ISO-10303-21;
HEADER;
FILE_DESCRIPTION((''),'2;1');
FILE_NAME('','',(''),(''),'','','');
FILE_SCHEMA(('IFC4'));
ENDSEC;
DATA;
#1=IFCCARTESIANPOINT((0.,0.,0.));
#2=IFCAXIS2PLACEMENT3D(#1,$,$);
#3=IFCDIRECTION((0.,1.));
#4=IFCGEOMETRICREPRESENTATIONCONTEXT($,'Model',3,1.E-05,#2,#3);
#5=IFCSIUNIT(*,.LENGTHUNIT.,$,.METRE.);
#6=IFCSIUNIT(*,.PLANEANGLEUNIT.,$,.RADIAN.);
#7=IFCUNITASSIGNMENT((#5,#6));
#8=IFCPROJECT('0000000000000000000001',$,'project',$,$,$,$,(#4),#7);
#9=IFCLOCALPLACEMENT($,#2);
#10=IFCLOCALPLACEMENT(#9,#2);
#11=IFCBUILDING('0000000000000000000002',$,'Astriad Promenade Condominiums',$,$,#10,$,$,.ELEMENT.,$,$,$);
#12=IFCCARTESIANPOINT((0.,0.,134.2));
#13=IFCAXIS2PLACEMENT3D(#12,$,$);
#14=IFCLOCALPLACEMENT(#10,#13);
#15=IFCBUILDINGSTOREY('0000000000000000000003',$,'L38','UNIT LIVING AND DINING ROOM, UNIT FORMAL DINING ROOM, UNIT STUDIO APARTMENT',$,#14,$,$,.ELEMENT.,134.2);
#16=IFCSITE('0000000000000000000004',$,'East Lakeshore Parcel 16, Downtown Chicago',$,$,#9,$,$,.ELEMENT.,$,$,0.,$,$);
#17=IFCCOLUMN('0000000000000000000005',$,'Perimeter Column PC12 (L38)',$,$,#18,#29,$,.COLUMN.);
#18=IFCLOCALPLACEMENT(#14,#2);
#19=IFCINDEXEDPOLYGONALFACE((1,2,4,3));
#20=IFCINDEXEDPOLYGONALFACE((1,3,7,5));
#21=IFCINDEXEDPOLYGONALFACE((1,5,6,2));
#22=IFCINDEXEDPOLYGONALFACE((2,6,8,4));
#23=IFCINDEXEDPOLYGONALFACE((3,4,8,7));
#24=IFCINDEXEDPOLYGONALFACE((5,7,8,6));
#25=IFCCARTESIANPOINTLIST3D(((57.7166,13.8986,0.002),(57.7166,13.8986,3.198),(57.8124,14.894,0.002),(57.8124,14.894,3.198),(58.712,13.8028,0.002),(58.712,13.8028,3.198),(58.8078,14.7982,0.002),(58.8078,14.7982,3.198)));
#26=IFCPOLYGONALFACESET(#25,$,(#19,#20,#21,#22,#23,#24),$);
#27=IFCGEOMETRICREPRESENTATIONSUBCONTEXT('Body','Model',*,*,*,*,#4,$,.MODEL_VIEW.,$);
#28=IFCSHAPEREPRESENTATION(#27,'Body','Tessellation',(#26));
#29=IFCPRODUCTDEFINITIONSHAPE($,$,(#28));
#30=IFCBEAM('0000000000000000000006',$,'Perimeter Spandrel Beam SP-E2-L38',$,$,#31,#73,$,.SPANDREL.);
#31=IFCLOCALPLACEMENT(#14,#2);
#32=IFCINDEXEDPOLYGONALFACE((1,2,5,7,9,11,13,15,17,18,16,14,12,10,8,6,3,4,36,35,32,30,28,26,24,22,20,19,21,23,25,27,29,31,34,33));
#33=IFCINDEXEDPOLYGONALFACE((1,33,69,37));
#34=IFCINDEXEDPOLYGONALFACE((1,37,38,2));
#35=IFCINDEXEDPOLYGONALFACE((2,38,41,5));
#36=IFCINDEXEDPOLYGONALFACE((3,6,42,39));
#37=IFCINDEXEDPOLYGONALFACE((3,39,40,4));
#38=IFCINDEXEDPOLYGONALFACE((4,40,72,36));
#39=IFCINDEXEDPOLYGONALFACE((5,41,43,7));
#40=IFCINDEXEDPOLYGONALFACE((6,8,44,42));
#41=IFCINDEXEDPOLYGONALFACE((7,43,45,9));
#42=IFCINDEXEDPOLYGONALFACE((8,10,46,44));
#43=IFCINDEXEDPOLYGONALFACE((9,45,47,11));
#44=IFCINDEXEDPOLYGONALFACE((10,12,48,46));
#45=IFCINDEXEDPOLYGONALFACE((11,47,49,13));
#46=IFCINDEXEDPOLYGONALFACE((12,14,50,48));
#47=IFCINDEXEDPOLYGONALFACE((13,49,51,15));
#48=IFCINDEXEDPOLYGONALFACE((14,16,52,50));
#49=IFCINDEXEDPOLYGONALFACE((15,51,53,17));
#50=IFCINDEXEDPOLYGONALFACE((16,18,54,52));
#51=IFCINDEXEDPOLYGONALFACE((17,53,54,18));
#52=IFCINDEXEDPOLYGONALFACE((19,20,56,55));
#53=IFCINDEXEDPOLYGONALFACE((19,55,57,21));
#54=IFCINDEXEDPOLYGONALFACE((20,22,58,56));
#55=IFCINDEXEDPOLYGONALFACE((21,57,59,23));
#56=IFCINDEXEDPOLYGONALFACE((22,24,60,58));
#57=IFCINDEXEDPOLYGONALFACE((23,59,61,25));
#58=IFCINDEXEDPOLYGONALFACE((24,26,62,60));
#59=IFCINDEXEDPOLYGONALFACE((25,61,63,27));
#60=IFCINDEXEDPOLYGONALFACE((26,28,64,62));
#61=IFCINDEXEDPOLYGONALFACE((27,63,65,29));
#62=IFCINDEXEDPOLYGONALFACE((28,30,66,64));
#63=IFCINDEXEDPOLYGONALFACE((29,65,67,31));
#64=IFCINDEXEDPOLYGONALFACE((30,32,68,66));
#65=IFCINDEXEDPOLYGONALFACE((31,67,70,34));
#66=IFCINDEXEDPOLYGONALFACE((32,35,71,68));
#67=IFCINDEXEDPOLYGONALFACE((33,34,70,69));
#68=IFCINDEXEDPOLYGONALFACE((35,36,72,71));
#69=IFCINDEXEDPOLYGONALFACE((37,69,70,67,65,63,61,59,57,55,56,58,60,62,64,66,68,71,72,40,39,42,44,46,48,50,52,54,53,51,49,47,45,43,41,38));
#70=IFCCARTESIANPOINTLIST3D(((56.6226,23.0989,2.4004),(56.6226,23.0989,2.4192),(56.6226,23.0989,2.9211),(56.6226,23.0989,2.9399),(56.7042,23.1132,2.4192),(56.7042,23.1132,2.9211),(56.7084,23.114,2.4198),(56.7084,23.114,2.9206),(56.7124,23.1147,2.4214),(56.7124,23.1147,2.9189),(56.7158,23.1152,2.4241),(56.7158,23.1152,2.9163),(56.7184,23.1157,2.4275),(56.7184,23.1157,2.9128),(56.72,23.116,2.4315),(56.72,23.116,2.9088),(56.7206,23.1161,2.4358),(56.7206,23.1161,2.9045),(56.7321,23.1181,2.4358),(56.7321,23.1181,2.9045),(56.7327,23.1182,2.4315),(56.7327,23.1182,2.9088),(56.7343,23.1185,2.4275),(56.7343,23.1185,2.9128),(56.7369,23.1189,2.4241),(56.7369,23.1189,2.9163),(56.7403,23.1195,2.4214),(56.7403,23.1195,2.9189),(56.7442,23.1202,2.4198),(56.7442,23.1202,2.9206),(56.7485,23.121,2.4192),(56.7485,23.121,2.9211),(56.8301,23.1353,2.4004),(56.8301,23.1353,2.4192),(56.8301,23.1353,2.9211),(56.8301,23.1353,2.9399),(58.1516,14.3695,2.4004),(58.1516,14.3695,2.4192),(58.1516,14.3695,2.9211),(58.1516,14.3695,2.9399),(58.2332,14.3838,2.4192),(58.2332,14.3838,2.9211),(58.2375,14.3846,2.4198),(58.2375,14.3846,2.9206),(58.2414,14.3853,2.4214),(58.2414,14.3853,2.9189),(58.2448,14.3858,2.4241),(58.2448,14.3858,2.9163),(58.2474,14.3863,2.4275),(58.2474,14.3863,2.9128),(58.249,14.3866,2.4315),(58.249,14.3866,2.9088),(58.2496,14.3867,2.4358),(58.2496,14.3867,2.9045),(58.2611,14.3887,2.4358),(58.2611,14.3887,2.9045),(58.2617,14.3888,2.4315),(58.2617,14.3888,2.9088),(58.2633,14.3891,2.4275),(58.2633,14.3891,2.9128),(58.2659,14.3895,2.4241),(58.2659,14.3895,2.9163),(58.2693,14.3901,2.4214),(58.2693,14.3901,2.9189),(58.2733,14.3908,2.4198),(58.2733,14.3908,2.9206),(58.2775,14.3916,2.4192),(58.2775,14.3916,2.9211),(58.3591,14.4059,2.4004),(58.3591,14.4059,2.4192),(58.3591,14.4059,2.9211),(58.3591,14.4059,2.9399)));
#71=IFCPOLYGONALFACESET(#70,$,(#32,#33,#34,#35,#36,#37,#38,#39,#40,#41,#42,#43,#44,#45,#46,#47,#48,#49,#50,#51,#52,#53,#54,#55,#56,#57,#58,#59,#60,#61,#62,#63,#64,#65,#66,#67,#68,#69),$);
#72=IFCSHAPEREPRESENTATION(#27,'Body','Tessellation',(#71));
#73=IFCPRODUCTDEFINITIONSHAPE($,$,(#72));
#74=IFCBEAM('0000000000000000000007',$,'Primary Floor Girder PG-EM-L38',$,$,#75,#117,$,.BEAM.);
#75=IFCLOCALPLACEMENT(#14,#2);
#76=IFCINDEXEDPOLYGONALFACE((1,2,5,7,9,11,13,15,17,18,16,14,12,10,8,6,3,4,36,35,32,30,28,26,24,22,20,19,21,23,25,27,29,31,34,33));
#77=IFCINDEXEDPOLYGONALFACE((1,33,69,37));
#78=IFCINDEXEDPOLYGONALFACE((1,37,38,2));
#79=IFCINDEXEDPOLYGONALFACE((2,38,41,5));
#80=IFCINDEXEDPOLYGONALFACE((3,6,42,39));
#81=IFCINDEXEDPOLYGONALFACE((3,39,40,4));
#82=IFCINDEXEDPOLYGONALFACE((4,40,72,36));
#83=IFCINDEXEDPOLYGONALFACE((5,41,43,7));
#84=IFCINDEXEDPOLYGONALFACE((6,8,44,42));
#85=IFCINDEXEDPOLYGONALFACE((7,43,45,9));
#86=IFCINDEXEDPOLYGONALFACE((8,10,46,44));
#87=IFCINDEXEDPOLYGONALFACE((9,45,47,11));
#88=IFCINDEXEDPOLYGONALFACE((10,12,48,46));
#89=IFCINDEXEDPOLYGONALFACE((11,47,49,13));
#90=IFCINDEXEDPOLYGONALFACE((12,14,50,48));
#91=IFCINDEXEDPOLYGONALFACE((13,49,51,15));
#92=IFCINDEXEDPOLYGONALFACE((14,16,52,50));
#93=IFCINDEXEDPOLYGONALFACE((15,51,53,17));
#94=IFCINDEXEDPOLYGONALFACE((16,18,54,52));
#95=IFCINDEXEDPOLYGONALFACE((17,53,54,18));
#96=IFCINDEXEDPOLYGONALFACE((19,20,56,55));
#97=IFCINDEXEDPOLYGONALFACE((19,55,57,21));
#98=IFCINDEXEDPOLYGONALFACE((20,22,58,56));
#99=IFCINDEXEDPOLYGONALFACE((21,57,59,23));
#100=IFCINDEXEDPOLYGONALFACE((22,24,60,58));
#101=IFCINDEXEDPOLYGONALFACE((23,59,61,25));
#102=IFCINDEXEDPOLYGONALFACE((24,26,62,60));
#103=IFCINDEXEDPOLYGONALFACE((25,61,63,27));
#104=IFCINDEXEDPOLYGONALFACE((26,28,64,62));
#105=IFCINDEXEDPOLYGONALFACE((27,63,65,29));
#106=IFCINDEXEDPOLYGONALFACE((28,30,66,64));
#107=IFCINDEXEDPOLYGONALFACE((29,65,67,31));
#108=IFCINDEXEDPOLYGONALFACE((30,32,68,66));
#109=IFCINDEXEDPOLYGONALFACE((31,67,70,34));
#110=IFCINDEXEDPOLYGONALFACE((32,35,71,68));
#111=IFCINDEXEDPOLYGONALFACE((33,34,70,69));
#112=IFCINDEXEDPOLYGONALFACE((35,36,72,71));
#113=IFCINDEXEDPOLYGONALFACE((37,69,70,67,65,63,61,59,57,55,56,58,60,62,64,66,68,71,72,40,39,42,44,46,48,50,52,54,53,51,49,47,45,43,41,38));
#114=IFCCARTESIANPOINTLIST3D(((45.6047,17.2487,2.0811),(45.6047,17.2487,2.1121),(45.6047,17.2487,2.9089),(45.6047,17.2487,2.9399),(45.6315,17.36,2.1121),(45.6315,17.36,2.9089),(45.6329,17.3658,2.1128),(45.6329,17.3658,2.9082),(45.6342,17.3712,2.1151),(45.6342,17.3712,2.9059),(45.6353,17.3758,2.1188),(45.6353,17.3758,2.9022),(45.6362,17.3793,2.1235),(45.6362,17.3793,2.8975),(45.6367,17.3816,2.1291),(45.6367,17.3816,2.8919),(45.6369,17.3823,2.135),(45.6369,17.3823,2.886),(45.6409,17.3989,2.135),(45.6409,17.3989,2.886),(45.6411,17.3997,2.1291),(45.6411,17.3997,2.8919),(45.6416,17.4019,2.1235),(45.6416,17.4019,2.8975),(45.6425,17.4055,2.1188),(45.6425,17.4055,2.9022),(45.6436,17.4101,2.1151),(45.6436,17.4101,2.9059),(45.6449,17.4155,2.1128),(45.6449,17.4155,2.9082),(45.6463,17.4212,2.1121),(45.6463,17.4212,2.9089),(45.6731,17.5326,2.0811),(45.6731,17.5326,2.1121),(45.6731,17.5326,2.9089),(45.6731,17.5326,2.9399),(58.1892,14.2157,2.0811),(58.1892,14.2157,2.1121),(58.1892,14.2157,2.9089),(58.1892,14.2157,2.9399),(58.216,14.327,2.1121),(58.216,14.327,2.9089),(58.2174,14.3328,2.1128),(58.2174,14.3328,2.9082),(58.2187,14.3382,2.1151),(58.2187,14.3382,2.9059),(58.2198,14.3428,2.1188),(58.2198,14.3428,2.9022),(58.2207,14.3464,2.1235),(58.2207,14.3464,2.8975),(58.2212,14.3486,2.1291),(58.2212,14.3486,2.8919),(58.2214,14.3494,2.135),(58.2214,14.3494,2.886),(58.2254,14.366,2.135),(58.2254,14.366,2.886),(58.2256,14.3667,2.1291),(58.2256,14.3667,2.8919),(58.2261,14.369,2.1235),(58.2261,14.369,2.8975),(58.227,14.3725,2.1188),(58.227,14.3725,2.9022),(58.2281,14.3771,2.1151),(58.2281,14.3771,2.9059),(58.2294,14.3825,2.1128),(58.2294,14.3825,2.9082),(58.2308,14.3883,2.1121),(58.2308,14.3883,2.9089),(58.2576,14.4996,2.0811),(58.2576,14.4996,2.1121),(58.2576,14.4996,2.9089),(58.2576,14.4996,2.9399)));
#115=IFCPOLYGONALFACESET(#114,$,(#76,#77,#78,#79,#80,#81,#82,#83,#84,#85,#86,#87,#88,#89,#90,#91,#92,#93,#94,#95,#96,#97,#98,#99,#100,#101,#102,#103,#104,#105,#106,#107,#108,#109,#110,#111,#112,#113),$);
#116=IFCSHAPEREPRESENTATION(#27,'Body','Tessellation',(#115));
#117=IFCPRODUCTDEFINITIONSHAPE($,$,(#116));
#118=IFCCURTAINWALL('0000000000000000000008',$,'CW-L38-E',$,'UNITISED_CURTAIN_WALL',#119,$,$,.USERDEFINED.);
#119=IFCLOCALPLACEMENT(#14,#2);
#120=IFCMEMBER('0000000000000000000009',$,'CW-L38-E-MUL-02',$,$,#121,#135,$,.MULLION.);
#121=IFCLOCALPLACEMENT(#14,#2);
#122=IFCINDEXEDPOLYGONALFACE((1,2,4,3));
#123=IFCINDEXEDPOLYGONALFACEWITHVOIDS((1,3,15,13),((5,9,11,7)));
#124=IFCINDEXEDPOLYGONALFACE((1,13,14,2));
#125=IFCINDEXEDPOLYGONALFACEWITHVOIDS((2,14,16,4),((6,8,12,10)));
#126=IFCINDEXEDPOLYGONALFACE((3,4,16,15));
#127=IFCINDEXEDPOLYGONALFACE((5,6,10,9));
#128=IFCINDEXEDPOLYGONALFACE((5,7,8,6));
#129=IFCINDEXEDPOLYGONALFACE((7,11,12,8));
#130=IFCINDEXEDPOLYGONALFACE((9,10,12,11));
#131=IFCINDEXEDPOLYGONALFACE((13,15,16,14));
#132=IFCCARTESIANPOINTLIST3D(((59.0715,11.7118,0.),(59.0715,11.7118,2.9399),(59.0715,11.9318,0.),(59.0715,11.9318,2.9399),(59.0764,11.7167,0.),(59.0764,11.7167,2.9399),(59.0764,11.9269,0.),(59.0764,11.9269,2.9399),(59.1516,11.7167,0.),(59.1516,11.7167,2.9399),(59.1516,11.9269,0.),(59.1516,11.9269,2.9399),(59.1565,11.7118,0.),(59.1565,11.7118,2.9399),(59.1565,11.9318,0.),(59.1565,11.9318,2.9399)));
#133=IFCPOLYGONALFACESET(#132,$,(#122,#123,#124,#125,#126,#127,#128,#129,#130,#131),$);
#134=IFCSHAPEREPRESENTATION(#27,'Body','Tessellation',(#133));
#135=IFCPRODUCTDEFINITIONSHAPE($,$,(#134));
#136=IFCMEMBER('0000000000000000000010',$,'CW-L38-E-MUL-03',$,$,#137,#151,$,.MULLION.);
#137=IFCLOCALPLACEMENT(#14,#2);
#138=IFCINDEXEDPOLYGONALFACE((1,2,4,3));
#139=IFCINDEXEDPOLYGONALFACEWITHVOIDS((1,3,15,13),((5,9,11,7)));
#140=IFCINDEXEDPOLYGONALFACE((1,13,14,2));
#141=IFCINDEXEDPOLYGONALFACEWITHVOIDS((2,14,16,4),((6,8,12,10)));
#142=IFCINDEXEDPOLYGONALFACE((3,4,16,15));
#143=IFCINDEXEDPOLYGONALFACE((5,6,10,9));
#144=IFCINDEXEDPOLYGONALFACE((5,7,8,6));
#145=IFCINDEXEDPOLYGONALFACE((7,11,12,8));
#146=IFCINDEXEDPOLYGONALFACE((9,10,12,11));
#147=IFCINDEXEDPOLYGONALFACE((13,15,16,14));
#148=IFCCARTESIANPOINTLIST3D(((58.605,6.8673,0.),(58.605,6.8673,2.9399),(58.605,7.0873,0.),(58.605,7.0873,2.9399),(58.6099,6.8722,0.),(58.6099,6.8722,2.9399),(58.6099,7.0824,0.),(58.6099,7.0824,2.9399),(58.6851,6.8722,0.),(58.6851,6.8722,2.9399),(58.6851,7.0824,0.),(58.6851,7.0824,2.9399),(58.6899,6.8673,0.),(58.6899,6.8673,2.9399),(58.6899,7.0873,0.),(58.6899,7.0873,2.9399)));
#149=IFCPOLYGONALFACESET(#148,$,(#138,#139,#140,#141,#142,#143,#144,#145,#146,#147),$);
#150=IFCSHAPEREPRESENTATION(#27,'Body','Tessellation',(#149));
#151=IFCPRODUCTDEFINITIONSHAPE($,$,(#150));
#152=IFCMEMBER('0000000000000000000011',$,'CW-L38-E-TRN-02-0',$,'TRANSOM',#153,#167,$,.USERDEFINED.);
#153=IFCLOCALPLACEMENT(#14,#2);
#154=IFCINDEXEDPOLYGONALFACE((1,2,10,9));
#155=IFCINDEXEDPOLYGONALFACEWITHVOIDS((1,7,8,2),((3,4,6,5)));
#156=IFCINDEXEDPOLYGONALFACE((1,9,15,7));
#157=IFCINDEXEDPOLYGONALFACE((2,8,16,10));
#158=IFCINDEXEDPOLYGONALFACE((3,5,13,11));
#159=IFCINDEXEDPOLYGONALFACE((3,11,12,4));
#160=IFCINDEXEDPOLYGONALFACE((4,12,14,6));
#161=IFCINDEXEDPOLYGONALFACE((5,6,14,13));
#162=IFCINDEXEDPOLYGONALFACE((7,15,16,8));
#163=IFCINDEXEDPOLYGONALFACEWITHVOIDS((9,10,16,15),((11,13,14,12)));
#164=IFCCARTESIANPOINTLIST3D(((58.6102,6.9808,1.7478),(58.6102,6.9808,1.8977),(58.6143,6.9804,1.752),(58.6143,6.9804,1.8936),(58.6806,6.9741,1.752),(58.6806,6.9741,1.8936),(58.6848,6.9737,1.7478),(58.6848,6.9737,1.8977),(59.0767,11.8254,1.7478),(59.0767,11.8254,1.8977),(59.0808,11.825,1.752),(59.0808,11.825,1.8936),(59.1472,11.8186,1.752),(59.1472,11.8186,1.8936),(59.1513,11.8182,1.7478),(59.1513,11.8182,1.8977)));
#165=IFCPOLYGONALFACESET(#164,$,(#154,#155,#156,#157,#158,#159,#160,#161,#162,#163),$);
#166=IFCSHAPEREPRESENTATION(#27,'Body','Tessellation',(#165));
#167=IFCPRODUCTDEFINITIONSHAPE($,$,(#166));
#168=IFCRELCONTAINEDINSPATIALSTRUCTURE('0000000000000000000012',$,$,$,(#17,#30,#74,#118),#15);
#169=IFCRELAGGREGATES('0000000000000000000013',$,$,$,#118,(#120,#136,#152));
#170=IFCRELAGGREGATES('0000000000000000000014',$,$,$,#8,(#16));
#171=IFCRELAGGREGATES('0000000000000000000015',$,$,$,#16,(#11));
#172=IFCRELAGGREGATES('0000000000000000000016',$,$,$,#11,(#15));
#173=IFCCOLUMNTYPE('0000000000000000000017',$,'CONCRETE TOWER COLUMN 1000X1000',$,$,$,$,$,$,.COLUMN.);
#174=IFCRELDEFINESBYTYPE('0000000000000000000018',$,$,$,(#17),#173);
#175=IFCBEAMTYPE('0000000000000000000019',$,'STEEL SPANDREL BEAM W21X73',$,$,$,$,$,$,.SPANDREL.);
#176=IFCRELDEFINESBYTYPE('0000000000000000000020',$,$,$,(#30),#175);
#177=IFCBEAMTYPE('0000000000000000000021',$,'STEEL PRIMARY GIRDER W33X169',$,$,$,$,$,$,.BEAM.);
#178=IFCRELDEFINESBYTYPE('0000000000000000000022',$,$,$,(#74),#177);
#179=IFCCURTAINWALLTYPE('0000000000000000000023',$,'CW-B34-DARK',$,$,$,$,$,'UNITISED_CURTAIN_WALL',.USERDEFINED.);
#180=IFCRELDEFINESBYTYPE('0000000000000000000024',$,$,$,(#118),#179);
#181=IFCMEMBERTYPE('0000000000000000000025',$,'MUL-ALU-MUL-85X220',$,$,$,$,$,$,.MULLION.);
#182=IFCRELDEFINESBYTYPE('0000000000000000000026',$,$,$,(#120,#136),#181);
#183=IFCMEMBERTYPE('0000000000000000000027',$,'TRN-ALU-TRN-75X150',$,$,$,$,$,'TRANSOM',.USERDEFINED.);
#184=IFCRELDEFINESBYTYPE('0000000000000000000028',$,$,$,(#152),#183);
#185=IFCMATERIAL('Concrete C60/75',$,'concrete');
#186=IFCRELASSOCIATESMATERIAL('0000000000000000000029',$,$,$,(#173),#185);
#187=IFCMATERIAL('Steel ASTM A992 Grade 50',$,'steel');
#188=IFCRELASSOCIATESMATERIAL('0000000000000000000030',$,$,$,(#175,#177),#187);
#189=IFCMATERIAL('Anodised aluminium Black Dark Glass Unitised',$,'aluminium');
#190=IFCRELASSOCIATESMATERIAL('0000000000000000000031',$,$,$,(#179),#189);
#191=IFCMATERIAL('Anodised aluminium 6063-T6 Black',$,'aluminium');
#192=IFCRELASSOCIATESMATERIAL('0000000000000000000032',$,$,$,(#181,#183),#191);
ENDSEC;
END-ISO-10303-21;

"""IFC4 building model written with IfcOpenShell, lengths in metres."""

from ifc_helpers import new_model, si_unit, direction, frame, origin, origin_2d, place, context, subcontext, project, spatial, rectangle, hollow_rectangle, i_section, extrude, source, transform, mapped, material, material_profile, profile_set, type_object, type_shapes, element, aggregate, save


model = new_model("IFC4")

# Units and contexts
model_context = context("Model", 3, precision=1e-05, world=origin(), true_north=direction((0.0, 1.0)))
body_context = subcontext(model_context, "Body", "Model", "MODEL_VIEW")
ifc_project = project(units=[si_unit("LENGTHUNIT", "METRE"), si_unit("PLANEANGLEUNIT", "RADIAN")], contexts=[model_context])

# Site, building, storey
site_placement = place(None, origin())
site = spatial("IfcSite", under=ifc_project, at=site_placement, Name="East Lakeshore Parcel 16, Downtown Chicago", CompositionType="ELEMENT", RefElevation=0.0)
building_placement = place(site_placement, origin())
building = spatial("IfcBuilding", under=site, at=building_placement, Name="Astriad Promenade Condominiums", CompositionType="ELEMENT")
storey_placement = place(building_placement, frame((0.0, 0.0, 134.2)))
storey = spatial("IfcBuildingStorey", under=building, at=storey_placement, Name="L38", Description="UNIT LIVING AND DINING ROOM, UNIT FORMAL DINING ROOM, UNIT STUDIO APARTMENT", CompositionType="ELEMENT", Elevation=134.2)

# Column
ifc_material_1 = material(Name="Concrete C60/75", Category="concrete")
ifc_material_profile_1 = material_profile(ifc_material_1, rectangle(XDim=1.0, YDim=1.0, at=origin_2d()), Name="RC-COL-1000X1000")
ifc_profile_set_1 = profile_set([ifc_material_profile_1], Name="Concrete C60/75")
column_type = type_object("IfcColumnType", Name="CONCRETE TOWER COLUMN 1000X1000", PredefinedType="COLUMN", material=ifc_profile_set_1)
shared_shape_1 = source(origin(), body_context, "Body", "SweptSolid", [
    extrude(rectangle(XDim=1.0, YDim=1.0, at=origin_2d()), origin(), (0.0, 0.0, 1.0), 3.196),
])
type_shapes(column_type, [shared_shape_1])
column_placement = place(storey_placement, frame((58.2622, 14.3484, 0.002), z_axis=(0.0, 0.0, 1.0), x_axis=(0.995396, -0.095846, 0.0)))
element("IfcColumn", 1, at=column_placement, inside=storey, type_object=column_type, Name="Perimeter Column PC12 (L38)", PredefinedType="COLUMN", context=body_context, shape_type="MappedRepresentation", body=[
    mapped(shared_shape_1, transform((0.0, 0.0, 0.0), scale=1.0)),
])

# Beams
ifc_material_2 = material(Name="Steel ASTM A992 Grade 50", Category="steel")
ifc_material_profile_2 = material_profile(ifc_material_2, i_section(OverallWidth=0.2107, OverallDepth=0.5396, WebThickness=0.0117, FlangeThickness=0.0188, FilletRadius=0.0166, at=origin_2d()), Name="W21X73")
ifc_profile_set_2 = profile_set([ifc_material_profile_2], Name="Steel ASTM A992 Grade 50")
beam_type_1 = type_object("IfcBeamType", Name="STEEL SPANDREL BEAM W21X73", PredefinedType="SPANDREL", material=ifc_profile_set_2)
shared_shape_2 = source(origin(), body_context, "Body", "SweptSolid", [
    extrude(i_section(OverallWidth=0.2107, OverallDepth=0.5396, WebThickness=0.0117, FlangeThickness=0.0188, FilletRadius=0.0166, at=origin_2d()), origin(), (0.0, 0.0, 1.0), 8.8623),
])
type_shapes(beam_type_1, [shared_shape_2])
beam_1_placement = place(storey_placement, frame((58.2554, 14.3877, 2.6702), z_axis=(-0.172533, 0.985004, 0.0), x_axis=(-0.985004, -0.172533, 0.0)))
element("IfcBeam", 2, at=beam_1_placement, inside=storey, type_object=beam_type_1, Name="Perimeter Spandrel Beam SP-E2-L38", PredefinedType="SPANDREL", context=body_context, shape_type="MappedRepresentation", body=[
    mapped(shared_shape_2, transform((0.0, 0.0, 0.0), scale=1.0)),
])
ifc_material_profile_3 = material_profile(ifc_material_2, i_section(OverallWidth=0.292, OverallDepth=0.8589, WebThickness=0.0171, FlangeThickness=0.031, FilletRadius=0.0229, at=origin_2d()), Name="W33X169")
ifc_profile_set_3 = profile_set([ifc_material_profile_3], Name="Steel ASTM A992 Grade 50")
beam_type_2 = type_object("IfcBeamType", Name="STEEL PRIMARY GIRDER W33X169", PredefinedType="BEAM", material=ifc_profile_set_3)
shared_shape_3 = source(origin(), body_context, "Body", "SweptSolid", [
    extrude(i_section(OverallWidth=0.292, OverallDepth=0.8589, WebThickness=0.0171, FlangeThickness=0.031, FilletRadius=0.0229, at=origin_2d()), origin(), (0.0, 0.0, 1.0), 12.9448),
])
type_shapes(beam_type_2, [shared_shape_3])
beam_2_placement = place(storey_placement, frame((58.2234, 14.3577, 2.5105), z_axis=(-0.972164, 0.234299, 0.0), x_axis=(-0.234299, -0.972164, 0.0)))
element("IfcBeam", 3, at=beam_2_placement, inside=storey, type_object=beam_type_2, Name="Primary Floor Girder PG-EM-L38", PredefinedType="BEAM", context=body_context, shape_type="MappedRepresentation", body=[
    mapped(shared_shape_3, transform((0.0, 0.0, 0.0), scale=1.0)),
])

# Curtain wall, members
ifc_material_3 = material(Name="Anodised aluminium Black Dark Glass Unitised", Category="aluminium")
curtain_wall_type = type_object("IfcCurtainWallType", Name="CW-B34-DARK", ElementType="UNITISED_CURTAIN_WALL", PredefinedType="USERDEFINED", material=ifc_material_3)
curtain_wall_placement = place(storey_placement, origin())
curtain_wall = element("IfcCurtainWall", 4, at=curtain_wall_placement, inside=storey, type_object=curtain_wall_type, Name="CW-L38-E", ObjectType="UNITISED_CURTAIN_WALL", PredefinedType="USERDEFINED")
ifc_material_4 = material(Name="Anodised aluminium 6063-T6 Black", Category="aluminium")
ifc_material_profile_4 = material_profile(ifc_material_4, hollow_rectangle(XDim=0.085, YDim=0.22, WallThickness=0.0049, at=origin_2d()), Name="ALU-MUL-85X220")
ifc_profile_set_4 = profile_set([ifc_material_profile_4], Name="Anodised aluminium 6063-T6 Black")
member_type_1 = type_object("IfcMemberType", Name="MUL-ALU-MUL-85X220", PredefinedType="MULLION", material=ifc_profile_set_4)
shared_shape_4 = source(origin(), body_context, "Body", "SweptSolid", [
    extrude(hollow_rectangle(XDim=0.085, YDim=0.22, WallThickness=0.0049, at=origin_2d()), origin(), (0.0, 0.0, 1.0), 2.9399),
])
type_shapes(member_type_1, [shared_shape_4])
member_1_placement = place(storey_placement, frame((59.114, 11.8218, 0.0), z_axis=(0.0, 0.0, 1.0), x_axis=(1.0, 0.0, 0.0)))
member_1 = element("IfcMember", 5, at=member_1_placement, type_object=member_type_1, Name="CW-L38-E-MUL-02", PredefinedType="MULLION", context=body_context, shape_type="MappedRepresentation", body=[
    mapped(shared_shape_4, transform((0.0, 0.0, 0.0), scale=1.0)),
])
member_2_placement = place(storey_placement, frame((58.6475, 6.9773, 0.0), z_axis=(0.0, 0.0, 1.0), x_axis=(1.0, 0.0, 0.0)))
member_2 = element("IfcMember", 6, at=member_2_placement, type_object=member_type_1, Name="CW-L38-E-MUL-03", PredefinedType="MULLION", context=body_context, shape_type="MappedRepresentation", body=[
    mapped(shared_shape_4, transform((0.0, 0.0, 0.0), scale=1.0)),
])
ifc_material_profile_5 = material_profile(ifc_material_4, hollow_rectangle(XDim=0.075, YDim=0.1499, WallThickness=0.0042, at=origin_2d()), Name="ALU-TRN-75X150")
ifc_profile_set_5 = profile_set([ifc_material_profile_5], Name="Anodised aluminium 6063-T6 Black")
member_type_2 = type_object("IfcMemberType", Name="TRN-ALU-TRN-75X150", ElementType="TRANSOM", PredefinedType="USERDEFINED", material=ifc_profile_set_5)
shared_shape_5 = source(origin(), body_context, "Body", "SweptSolid", [
    extrude(hollow_rectangle(XDim=0.075, YDim=0.1499, WallThickness=0.0042, at=origin_2d()), origin(), (0.0, 0.0, 1.0), 4.8669),
])
type_shapes(member_type_2, [shared_shape_5])
member_3_placement = place(storey_placement, frame((59.114, 11.8218, 1.8228), z_axis=(-0.095862, -0.995395, 0.0), x_axis=(0.995395, -0.095862, 0.0)))
member_3 = element("IfcMember", 7, at=member_3_placement, type_object=member_type_2, Name="CW-L38-E-TRN-02-0", ObjectType="TRANSOM", PredefinedType="USERDEFINED", context=body_context, shape_type="MappedRepresentation", body=[
    mapped(shared_shape_5, transform((0.0, 0.0, 0.0), scale=1.0)),
])
aggregate(curtain_wall, [member_1, member_2, member_3])

save(model, "model.ifc")
